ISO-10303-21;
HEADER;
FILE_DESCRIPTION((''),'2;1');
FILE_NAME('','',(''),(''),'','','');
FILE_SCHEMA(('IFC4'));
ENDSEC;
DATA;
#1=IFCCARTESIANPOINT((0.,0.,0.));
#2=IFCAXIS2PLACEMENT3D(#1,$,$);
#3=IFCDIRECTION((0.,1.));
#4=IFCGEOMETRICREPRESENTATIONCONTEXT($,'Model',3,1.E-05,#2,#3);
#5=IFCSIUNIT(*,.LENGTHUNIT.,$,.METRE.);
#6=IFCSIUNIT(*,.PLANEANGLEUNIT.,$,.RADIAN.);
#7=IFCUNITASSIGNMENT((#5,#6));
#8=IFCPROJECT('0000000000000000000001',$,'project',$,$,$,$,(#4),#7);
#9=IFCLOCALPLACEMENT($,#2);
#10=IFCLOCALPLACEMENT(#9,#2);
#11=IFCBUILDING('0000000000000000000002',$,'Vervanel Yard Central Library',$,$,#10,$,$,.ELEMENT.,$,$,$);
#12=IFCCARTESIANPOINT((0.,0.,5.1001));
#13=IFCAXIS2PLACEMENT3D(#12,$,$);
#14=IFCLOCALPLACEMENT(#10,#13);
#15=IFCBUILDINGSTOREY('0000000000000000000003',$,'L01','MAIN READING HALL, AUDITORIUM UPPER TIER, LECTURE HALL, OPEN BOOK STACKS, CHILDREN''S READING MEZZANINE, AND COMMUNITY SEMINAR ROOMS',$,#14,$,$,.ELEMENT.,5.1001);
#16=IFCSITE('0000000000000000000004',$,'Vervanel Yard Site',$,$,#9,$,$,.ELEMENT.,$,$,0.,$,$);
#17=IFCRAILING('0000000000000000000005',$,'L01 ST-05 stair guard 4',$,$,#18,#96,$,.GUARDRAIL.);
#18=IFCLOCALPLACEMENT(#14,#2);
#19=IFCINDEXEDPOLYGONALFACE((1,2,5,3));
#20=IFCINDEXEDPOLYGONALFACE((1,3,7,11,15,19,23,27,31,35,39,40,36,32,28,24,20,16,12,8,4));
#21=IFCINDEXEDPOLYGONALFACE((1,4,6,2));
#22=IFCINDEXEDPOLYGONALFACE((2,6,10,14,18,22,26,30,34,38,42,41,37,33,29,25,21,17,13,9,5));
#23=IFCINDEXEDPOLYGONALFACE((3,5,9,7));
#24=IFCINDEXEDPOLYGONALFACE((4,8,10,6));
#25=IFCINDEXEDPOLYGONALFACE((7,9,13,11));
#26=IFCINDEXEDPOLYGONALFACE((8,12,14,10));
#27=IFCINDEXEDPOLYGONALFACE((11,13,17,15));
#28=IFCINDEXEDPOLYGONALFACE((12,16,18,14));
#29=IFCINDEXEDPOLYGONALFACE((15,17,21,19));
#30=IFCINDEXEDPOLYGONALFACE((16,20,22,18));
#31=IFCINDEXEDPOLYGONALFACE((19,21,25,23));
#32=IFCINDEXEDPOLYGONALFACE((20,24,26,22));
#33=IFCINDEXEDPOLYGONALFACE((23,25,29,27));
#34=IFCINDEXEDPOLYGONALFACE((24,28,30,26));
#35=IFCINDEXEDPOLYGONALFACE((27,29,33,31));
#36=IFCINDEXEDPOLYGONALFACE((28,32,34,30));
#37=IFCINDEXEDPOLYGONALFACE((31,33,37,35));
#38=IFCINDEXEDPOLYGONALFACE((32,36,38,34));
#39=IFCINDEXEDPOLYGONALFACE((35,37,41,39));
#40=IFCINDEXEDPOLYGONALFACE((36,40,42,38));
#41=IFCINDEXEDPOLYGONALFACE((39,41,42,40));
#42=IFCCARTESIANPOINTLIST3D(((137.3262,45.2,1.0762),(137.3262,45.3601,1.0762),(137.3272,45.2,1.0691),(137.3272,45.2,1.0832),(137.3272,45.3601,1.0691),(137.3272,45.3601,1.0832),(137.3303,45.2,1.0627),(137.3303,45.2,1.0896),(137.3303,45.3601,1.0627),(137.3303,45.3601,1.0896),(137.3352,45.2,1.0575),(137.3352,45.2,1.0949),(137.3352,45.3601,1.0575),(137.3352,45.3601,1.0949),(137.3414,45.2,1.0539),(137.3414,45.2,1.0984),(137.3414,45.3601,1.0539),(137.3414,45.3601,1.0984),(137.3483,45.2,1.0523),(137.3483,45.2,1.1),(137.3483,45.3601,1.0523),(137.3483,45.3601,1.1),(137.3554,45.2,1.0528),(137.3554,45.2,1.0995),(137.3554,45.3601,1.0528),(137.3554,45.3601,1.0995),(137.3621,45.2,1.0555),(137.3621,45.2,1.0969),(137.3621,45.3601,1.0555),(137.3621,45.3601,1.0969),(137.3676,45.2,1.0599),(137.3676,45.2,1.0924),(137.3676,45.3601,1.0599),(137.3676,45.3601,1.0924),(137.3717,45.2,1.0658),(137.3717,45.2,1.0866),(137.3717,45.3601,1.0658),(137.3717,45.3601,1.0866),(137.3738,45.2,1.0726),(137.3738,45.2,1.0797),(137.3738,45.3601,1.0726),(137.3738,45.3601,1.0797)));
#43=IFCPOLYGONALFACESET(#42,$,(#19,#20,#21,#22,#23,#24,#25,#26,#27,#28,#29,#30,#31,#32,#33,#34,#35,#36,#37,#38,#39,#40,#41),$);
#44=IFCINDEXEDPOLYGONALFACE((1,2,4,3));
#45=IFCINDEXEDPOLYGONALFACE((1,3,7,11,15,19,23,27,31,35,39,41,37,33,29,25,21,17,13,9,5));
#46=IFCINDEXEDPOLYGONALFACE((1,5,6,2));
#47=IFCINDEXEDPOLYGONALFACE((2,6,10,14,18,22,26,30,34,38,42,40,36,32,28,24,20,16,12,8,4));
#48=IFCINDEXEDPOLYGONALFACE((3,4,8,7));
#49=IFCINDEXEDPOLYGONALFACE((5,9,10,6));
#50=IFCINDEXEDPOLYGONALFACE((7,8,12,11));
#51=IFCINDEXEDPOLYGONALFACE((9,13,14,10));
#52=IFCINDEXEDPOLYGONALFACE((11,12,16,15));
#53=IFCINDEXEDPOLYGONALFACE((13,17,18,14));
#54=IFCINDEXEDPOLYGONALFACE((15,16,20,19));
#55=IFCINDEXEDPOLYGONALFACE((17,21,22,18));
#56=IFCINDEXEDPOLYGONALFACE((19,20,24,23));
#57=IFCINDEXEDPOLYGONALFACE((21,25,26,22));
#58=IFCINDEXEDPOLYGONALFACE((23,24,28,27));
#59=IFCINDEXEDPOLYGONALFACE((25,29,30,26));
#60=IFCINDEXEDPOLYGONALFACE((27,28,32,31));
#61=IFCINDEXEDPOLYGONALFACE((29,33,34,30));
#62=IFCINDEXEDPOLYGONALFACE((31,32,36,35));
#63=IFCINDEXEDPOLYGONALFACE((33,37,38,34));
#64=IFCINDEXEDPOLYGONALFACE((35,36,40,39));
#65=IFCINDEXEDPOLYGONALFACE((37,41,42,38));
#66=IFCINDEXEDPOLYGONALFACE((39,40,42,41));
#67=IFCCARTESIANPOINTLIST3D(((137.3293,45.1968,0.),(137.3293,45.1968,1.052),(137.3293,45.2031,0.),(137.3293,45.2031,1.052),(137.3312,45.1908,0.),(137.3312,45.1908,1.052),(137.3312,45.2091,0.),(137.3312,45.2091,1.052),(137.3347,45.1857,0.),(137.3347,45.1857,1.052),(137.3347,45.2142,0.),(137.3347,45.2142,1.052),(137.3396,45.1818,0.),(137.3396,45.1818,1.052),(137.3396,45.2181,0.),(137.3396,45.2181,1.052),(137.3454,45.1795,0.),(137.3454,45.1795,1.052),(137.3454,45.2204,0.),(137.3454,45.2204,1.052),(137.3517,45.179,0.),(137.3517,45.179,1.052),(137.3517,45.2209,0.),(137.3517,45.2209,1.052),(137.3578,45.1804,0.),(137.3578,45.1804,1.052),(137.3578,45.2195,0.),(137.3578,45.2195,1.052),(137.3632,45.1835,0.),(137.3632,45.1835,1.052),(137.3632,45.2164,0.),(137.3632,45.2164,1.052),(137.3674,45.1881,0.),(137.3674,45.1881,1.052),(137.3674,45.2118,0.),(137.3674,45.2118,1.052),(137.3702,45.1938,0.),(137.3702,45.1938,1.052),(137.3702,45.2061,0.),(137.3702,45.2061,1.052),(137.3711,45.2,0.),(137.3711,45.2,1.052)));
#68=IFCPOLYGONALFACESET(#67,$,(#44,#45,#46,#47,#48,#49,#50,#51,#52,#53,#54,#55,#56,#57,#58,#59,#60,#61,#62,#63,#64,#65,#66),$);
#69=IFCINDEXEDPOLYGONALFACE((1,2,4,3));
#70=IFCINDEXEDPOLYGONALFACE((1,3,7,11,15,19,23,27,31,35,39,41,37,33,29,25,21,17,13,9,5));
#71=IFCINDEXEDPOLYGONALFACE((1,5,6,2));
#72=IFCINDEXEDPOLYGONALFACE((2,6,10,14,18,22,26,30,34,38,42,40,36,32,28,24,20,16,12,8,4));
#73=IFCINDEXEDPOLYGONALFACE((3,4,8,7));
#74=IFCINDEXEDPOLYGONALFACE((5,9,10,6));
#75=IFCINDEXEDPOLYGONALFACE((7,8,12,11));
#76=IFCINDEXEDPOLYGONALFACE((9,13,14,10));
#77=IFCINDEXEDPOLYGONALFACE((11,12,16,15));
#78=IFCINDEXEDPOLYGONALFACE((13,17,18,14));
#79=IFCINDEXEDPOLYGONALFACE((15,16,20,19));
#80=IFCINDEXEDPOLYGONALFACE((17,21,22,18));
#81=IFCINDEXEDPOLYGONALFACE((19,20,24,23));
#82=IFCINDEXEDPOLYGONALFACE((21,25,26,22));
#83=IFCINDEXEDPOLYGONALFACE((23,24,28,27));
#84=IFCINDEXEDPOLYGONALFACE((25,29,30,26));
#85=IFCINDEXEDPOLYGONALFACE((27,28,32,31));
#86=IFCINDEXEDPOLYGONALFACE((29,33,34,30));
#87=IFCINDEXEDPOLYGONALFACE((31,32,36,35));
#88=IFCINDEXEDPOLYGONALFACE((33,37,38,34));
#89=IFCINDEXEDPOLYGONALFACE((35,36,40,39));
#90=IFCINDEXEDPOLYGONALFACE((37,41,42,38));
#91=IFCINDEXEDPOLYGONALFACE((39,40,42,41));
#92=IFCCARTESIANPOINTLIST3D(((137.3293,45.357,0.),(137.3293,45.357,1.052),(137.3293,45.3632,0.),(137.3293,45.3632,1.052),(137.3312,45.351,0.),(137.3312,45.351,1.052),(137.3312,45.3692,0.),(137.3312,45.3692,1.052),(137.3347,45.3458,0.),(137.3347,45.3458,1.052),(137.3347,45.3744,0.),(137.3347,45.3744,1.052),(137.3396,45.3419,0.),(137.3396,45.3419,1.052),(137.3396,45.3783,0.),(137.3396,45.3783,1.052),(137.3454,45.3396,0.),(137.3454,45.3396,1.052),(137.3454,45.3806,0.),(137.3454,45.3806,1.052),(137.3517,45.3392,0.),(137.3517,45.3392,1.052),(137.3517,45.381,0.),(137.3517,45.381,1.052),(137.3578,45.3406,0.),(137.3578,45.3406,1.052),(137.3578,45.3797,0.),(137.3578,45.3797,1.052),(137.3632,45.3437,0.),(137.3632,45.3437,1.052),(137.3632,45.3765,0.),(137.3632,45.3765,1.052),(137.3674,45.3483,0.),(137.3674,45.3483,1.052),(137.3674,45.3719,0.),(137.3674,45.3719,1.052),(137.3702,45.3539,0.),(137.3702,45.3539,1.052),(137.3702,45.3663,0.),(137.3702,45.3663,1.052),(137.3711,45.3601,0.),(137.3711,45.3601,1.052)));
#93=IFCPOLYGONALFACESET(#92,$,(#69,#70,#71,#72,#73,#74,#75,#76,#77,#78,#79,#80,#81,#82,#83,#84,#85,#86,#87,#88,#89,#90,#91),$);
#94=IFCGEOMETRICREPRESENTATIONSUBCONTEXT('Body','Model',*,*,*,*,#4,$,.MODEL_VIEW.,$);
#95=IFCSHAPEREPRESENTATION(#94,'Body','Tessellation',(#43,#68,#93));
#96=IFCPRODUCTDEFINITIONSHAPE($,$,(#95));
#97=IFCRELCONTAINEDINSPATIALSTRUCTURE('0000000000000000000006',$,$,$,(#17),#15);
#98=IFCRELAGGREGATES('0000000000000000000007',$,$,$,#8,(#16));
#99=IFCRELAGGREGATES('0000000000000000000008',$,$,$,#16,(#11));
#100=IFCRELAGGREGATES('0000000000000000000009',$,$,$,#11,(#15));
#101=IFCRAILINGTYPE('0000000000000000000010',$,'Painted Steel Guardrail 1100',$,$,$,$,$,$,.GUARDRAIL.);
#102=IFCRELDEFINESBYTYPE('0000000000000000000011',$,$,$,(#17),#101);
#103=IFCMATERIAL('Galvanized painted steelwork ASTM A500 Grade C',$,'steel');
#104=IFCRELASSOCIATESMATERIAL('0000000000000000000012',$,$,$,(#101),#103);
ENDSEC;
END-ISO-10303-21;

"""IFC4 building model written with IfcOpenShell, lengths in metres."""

from ifc_helpers import new_model, si_unit, direction, frame, origin, origin_2d, place, context, subcontext, project, spatial, circle, extrude, material, type_object, element, save


model = new_model("IFC4")

# Units and contexts
model_context = context("Model", 3, precision=1e-05, world=origin(), true_north=direction((0.0, 1.0)))
body_context = subcontext(model_context, "Body", "Model", "MODEL_VIEW")
ifc_project = project(units=[si_unit("LENGTHUNIT", "METRE"), si_unit("PLANEANGLEUNIT", "RADIAN")], contexts=[model_context])

# Site, building, storey
site_placement = place(None, origin())
site = spatial("IfcSite", under=ifc_project, at=site_placement, Name="Vervanel Yard Site", CompositionType="ELEMENT", RefElevation=0.0)
building_placement = place(site_placement, origin())
building = spatial("IfcBuilding", under=site, at=building_placement, Name="Vervanel Yard Central Library", CompositionType="ELEMENT")
storey_placement = place(building_placement, frame((0.0, 0.0, 5.1001)))
storey = spatial("IfcBuildingStorey", under=building, at=storey_placement, Name="L01", Description="MAIN READING HALL, AUDITORIUM UPPER TIER, LECTURE HALL, OPEN BOOK STACKS, CHILDREN'S READING MEZZANINE, AND COMMUNITY SEMINAR ROOMS", CompositionType="ELEMENT", Elevation=5.1001)

# Shared definitions
ifc_material_1 = material(Name="Galvanized painted steelwork ASTM A500 Grade C", Category="steel")

# Railing
railing_type_1 = type_object("IfcRailingType", Name="Painted Steel Guardrail 1100", PredefinedType="GUARDRAIL", material=ifc_material_1)
railing_1_placement = place(storey_placement, frame((137.3501, 45.2, 0.0)))
element("IfcRailing", 1, at=railing_1_placement, inside=storey, type_object=railing_type_1, Name="L01 ST-05 stair guard 4", PredefinedType="GUARDRAIL", context=body_context, shape_type="SweptSolid", body=[
    extrude(circle(Radius=0.0239, at=origin_2d()), frame((0.0, 0.0, 1.0762), z_axis=(0.0, 1.0, 0.0), x_axis=(-1.0, 0.0, 0.0)), (0.0, 0.0, 1.0), 0.1602),
    extrude(circle(Radius=0.021, at=origin_2d()), origin(), (0.0, 0.0, 1.0), 1.052),
    extrude(circle(Radius=0.021, at=origin_2d()), frame((0.0, 0.1602, 0.0)), (0.0, 0.0, 1.0), 1.052),
])

save(model, "model.ifc")
